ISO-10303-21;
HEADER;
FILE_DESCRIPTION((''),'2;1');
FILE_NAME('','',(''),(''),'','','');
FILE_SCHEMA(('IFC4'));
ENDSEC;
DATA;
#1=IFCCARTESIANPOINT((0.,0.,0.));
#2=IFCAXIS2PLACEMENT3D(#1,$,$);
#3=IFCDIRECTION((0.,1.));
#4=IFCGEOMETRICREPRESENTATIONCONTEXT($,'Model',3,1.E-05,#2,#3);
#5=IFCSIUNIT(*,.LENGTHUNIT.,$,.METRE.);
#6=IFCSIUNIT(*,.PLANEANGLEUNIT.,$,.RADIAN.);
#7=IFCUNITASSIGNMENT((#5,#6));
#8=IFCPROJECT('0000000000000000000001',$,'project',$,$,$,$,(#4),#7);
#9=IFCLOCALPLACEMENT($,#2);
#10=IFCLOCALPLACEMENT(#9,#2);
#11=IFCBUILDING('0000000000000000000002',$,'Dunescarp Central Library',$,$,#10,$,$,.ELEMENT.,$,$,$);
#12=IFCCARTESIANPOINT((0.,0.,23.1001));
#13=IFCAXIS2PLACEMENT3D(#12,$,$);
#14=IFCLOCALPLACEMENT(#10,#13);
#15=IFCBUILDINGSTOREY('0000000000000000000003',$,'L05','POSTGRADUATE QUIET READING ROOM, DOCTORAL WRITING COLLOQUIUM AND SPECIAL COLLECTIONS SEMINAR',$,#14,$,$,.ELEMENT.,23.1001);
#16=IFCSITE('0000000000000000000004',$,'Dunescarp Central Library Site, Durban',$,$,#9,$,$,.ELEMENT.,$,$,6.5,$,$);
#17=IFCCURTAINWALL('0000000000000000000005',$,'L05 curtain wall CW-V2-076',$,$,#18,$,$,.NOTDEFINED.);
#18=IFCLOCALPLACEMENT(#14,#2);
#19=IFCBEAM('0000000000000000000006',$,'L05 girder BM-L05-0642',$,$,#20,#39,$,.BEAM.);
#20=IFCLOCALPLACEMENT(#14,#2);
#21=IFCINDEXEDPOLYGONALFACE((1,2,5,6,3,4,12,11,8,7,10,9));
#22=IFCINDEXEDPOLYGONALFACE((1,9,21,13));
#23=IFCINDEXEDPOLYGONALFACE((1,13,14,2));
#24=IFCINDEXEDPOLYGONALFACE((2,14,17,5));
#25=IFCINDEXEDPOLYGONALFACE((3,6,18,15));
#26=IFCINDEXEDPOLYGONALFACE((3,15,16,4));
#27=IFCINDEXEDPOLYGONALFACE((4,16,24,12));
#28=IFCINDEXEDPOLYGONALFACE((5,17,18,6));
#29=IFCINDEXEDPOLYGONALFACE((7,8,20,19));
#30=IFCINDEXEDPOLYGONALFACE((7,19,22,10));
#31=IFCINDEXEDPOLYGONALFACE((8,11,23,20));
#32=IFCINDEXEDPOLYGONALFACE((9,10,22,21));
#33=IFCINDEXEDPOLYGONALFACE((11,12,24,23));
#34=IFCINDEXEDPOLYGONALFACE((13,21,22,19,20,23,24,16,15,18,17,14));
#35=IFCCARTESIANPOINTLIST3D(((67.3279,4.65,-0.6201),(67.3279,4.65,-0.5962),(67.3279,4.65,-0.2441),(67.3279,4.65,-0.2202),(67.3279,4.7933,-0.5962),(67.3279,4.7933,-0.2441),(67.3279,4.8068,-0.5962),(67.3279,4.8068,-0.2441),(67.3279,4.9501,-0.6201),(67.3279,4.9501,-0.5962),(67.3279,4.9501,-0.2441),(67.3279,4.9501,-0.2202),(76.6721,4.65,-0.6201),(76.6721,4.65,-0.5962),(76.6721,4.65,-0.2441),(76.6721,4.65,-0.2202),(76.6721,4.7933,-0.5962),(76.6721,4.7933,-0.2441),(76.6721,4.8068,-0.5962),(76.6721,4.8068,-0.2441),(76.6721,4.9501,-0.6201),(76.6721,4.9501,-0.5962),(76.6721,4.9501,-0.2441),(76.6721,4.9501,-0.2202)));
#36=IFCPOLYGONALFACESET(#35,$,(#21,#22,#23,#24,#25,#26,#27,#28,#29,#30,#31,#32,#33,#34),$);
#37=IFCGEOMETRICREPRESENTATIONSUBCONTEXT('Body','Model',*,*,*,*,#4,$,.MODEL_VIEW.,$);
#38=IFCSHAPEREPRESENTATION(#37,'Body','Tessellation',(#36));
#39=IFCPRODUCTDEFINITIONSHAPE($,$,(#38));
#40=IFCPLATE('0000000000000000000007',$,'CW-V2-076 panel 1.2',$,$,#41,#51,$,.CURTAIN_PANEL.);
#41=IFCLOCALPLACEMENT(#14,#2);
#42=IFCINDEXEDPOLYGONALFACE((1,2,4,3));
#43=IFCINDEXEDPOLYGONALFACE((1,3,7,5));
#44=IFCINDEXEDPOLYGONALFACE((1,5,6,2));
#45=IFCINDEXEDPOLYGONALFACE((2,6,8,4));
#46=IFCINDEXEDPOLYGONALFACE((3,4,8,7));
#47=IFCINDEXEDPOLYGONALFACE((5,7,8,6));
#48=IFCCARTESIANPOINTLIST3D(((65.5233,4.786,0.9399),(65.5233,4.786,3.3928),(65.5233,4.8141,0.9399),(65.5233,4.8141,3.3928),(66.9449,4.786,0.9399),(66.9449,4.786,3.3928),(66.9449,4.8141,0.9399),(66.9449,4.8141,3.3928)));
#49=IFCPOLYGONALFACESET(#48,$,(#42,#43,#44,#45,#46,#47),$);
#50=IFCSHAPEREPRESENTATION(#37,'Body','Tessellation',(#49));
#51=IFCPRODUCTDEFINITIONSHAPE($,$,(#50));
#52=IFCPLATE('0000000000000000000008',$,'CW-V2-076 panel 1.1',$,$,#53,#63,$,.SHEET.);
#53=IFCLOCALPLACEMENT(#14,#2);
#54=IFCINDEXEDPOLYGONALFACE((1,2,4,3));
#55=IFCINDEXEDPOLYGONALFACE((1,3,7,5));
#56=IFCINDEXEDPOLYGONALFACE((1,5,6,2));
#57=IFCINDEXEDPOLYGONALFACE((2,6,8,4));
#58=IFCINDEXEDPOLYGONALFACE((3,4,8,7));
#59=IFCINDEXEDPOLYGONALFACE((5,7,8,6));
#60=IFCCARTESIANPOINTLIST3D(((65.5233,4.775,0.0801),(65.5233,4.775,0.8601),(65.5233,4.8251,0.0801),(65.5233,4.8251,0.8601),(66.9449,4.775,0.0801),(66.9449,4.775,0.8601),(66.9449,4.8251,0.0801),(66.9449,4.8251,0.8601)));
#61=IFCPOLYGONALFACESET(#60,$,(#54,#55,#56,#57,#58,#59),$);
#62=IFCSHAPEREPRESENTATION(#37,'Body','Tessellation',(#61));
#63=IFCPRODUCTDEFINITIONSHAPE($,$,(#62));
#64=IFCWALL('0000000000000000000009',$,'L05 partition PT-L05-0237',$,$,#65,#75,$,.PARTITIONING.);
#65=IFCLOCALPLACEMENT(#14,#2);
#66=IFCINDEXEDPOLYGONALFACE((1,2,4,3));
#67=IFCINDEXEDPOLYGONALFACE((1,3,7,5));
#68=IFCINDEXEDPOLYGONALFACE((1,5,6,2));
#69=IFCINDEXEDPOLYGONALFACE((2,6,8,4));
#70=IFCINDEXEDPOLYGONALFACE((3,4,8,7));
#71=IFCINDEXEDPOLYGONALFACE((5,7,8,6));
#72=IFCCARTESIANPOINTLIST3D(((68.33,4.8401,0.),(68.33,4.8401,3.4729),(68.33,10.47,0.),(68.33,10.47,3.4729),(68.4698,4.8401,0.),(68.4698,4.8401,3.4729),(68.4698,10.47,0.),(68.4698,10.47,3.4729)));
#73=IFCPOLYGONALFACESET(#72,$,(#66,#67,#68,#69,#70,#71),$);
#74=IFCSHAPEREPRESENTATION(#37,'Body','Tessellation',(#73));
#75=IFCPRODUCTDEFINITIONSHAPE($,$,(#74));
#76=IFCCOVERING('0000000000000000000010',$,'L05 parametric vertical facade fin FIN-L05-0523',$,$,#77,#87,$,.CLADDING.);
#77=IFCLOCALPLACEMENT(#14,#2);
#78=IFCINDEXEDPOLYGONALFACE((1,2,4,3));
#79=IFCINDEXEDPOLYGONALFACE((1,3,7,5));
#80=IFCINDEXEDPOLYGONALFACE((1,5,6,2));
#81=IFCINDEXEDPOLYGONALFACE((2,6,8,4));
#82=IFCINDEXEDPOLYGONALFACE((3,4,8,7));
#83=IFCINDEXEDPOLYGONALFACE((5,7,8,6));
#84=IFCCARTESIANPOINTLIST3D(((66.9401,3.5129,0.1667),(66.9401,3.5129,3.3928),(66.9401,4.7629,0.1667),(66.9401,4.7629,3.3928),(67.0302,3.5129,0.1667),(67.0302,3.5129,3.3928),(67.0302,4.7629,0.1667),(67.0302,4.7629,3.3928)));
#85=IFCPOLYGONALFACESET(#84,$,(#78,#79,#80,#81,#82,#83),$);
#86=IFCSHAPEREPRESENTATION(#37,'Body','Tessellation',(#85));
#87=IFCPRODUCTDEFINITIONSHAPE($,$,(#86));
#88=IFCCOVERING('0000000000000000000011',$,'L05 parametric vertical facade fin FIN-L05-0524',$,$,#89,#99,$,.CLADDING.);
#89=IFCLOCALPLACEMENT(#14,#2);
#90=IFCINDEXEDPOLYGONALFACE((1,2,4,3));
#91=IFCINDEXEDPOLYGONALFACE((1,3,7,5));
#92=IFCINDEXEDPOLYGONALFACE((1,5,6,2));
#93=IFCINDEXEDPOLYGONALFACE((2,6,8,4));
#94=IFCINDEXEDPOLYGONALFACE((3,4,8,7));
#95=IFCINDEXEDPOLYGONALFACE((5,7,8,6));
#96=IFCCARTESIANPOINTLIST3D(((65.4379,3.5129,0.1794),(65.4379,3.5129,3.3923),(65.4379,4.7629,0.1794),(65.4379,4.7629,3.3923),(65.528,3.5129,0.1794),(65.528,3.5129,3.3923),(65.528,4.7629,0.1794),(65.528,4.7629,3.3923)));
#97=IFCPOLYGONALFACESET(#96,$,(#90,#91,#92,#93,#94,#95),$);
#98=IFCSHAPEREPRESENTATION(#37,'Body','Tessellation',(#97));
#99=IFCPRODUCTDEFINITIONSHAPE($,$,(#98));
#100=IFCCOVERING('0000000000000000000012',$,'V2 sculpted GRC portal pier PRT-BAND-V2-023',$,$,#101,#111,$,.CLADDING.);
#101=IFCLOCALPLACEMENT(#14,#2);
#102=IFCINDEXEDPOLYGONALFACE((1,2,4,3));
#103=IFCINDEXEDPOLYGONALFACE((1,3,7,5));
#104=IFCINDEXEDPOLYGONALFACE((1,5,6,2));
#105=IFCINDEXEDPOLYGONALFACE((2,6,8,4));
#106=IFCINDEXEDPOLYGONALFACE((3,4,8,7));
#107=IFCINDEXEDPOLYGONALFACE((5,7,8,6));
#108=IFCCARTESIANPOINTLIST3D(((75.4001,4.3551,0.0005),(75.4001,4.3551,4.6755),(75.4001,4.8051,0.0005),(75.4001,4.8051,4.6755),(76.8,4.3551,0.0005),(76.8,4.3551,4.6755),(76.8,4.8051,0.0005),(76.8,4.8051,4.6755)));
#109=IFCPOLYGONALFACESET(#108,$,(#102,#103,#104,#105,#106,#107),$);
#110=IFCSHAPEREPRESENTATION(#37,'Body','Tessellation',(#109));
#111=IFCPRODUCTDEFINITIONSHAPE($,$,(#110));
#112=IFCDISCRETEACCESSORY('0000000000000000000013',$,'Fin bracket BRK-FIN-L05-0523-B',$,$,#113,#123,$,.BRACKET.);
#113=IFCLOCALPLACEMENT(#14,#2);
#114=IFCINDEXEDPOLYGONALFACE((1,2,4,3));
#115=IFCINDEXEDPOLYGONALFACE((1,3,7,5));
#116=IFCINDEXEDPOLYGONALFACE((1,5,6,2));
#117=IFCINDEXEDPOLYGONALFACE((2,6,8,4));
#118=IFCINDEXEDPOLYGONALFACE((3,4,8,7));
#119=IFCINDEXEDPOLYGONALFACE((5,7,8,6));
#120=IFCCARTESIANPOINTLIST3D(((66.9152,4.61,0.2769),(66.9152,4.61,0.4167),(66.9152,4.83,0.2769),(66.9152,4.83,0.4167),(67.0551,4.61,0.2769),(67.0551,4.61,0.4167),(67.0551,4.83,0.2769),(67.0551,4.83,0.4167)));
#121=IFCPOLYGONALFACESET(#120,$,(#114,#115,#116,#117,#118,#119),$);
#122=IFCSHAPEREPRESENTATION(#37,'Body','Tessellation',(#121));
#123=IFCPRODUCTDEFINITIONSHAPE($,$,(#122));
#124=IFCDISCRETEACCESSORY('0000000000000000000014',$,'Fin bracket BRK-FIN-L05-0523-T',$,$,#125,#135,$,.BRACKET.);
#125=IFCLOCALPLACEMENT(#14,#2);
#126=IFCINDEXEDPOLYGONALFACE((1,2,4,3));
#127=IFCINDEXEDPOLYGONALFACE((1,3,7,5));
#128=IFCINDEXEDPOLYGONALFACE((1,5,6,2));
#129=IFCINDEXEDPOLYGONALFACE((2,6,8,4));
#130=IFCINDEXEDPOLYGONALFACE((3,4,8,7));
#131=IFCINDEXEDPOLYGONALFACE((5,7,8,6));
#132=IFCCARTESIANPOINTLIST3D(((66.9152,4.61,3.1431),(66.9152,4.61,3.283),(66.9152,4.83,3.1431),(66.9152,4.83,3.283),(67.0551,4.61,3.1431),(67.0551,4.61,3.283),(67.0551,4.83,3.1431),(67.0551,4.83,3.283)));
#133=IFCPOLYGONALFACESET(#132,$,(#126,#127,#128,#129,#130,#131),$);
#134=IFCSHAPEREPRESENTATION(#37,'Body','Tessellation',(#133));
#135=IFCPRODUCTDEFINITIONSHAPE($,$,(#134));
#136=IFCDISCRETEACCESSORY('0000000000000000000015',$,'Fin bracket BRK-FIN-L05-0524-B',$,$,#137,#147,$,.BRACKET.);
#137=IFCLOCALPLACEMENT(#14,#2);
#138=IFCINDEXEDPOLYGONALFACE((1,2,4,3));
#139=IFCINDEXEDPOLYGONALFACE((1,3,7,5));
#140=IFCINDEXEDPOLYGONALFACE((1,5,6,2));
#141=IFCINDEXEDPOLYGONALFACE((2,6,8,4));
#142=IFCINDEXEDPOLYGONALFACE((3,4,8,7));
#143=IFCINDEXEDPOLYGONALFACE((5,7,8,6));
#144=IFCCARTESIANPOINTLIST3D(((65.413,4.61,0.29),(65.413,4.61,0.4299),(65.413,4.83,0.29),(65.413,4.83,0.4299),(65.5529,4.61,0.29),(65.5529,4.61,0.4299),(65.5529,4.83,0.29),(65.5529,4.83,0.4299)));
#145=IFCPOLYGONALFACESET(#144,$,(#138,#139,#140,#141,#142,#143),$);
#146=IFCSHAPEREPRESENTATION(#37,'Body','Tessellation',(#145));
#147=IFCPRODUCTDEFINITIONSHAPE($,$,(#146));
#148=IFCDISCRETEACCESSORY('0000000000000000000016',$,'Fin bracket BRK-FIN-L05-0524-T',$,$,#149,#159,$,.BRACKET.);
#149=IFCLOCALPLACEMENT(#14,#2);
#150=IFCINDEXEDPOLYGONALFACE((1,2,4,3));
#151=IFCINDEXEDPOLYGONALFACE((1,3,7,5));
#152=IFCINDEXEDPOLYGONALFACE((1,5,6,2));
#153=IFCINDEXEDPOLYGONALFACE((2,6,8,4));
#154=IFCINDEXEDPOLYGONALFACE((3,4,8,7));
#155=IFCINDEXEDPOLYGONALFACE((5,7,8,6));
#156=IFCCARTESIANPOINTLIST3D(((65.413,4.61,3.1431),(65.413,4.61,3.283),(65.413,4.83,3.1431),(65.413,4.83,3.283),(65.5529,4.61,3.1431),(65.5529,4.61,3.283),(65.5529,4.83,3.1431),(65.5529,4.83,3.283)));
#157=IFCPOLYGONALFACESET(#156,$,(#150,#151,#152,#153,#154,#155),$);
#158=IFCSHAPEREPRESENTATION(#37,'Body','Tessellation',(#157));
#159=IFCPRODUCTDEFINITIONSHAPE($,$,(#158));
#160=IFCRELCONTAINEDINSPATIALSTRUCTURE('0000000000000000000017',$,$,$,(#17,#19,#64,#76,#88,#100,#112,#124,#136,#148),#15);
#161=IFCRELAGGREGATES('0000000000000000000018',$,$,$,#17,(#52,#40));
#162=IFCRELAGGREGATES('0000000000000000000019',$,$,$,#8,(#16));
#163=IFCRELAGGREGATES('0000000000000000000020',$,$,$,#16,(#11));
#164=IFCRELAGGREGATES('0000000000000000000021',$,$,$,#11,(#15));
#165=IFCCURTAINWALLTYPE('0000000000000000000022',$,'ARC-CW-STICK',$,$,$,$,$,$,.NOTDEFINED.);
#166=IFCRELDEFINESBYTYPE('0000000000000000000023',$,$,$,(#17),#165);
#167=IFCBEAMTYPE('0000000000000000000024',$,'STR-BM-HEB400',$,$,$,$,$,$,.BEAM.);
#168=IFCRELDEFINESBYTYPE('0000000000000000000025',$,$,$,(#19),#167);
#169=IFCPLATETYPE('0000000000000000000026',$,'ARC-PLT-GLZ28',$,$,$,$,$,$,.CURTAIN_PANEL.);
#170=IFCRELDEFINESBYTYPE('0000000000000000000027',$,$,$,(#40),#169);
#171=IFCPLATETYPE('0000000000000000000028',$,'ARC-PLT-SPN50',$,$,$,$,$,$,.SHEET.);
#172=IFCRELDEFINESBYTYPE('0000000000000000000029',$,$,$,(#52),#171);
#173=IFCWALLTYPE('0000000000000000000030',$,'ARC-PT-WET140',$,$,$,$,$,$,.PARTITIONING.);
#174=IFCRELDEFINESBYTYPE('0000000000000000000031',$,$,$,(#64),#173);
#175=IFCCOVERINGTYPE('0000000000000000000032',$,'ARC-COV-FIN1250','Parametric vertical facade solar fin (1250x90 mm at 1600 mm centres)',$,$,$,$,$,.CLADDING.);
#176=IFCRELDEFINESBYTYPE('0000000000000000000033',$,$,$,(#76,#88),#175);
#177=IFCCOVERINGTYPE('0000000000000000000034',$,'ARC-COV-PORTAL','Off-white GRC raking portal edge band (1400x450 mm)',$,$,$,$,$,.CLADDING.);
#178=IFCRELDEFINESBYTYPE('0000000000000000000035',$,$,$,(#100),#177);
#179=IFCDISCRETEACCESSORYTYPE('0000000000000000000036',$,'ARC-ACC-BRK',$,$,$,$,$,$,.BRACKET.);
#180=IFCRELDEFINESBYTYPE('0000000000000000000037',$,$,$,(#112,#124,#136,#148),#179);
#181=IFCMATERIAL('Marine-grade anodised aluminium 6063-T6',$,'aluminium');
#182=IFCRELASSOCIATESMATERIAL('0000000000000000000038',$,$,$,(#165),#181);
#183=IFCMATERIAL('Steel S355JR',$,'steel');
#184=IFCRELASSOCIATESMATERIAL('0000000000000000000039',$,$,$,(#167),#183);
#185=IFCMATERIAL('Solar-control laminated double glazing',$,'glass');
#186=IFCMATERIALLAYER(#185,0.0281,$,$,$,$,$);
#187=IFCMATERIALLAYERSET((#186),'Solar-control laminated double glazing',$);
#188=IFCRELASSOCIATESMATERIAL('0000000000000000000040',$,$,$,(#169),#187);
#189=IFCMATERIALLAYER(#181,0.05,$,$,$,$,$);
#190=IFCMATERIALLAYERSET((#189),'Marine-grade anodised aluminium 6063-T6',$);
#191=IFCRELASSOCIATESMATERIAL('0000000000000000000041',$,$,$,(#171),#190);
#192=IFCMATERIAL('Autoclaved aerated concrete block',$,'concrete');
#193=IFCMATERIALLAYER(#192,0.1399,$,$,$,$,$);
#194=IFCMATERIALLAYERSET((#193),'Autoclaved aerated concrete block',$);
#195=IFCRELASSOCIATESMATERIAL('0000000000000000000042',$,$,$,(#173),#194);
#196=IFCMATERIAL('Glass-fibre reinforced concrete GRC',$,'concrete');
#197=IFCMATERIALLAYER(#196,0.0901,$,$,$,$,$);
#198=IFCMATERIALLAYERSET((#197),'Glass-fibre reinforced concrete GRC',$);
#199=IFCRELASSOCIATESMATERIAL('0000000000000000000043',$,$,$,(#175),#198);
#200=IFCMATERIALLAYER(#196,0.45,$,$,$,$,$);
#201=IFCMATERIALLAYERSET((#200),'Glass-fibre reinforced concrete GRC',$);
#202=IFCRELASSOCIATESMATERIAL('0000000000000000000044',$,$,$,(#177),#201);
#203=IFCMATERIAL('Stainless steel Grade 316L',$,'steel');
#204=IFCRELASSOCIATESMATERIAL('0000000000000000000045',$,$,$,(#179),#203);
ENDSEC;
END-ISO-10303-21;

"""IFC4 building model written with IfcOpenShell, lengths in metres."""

from ifc_helpers import new_model, si_unit, direction, frame, frame_2d, origin, origin_2d, place, context, subcontext, project, spatial, rectangle, i_section, extrude, material, layer, layer_set, material_profile, profile_set, type_object, element, aggregate, save


model = new_model("IFC4")

# Units and contexts
model_context = context("Model", 3, precision=1e-05, world=origin(), true_north=direction((0.0, 1.0)))
body_context = subcontext(model_context, "Body", "Model", "MODEL_VIEW")
ifc_project = project(units=[si_unit("LENGTHUNIT", "METRE"), si_unit("PLANEANGLEUNIT", "RADIAN")], contexts=[model_context])

# Site, building, storey
site_placement = place(None, origin())
site = spatial("IfcSite", under=ifc_project, at=site_placement, Name="Dunescarp Central Library Site, Durban", CompositionType="ELEMENT", RefElevation=6.5)
building_placement = place(site_placement, origin())
building = spatial("IfcBuilding", under=site, at=building_placement, Name="Dunescarp Central Library", CompositionType="ELEMENT")
storey_placement = place(building_placement, frame((0.0, 0.0, 23.1001)))
storey = spatial("IfcBuildingStorey", under=building, at=storey_placement, Name="L05", Description="POSTGRADUATE QUIET READING ROOM, DOCTORAL WRITING COLLOQUIUM AND SPECIAL COLLECTIONS SEMINAR", CompositionType="ELEMENT", Elevation=23.1001)

# Shared definitions
ifc_material_1 = material(Name="Steel S355JR", Category="steel")

# Curtain wall
ifc_material_2 = material(Name="Marine-grade anodised aluminium 6063-T6", Category="aluminium")
curtain_wall_type = type_object("IfcCurtainWallType", Name="ARC-CW-STICK", PredefinedType="NOTDEFINED", material=ifc_material_2)
curtain_wall_placement = place(storey_placement, origin())
curtain_wall = element("IfcCurtainWall", 1, at=curtain_wall_placement, inside=storey, type_object=curtain_wall_type, Name="L05 curtain wall CW-V2-076", PredefinedType="NOTDEFINED")

# Beam
ifc_material_profile_1 = material_profile(ifc_material_1, i_section(OverallWidth=0.3, OverallDepth=0.3999, WebThickness=0.0134, FlangeThickness=0.0239, at=origin_2d()), Name="HEB 400")
ifc_profile_set_1 = profile_set([ifc_material_profile_1], Name="Steel S355JR")
beam_type_1 = type_object("IfcBeamType", Name="STR-BM-HEB400", PredefinedType="BEAM", material=ifc_profile_set_1)
beam_1_placement = place(storey_placement, frame((67.3279, 4.8, -0.4202), z_axis=(1.0, 0.0, 0.0), x_axis=(0.0, 1.0, 0.0)))
element("IfcBeam", 2, at=beam_1_placement, inside=storey, type_object=beam_type_1, Name="L05 girder BM-L05-0642", PredefinedType="BEAM", context=body_context, shape_type="SweptSolid", body=[
    extrude(i_section(OverallWidth=0.3, OverallDepth=0.3999, WebThickness=0.0134, FlangeThickness=0.0239, at=origin_2d()), origin(), (0.0, 0.0, 1.0), 9.3442),
])

# Plates
ifc_material_3 = material(Name="Solar-control laminated double glazing", Category="glass")
ifc_layer_1 = layer(ifc_material_3, 0.0281)
ifc_layer_set_1 = layer_set([ifc_layer_1], Name="Solar-control laminated double glazing")
plate_type_1 = type_object("IfcPlateType", Name="ARC-PLT-GLZ28", PredefinedType="CURTAIN_PANEL", material=ifc_layer_set_1)
plate_1_placement = place(storey_placement, frame((66.2341, 4.8, 0.9399), z_axis=(0.0, 0.0, 1.0), x_axis=(-1.0, 0.0, 0.0)))
plate_1 = element("IfcPlate", 3, at=plate_1_placement, type_object=plate_type_1, Name="CW-V2-076 panel 1.2", PredefinedType="CURTAIN_PANEL", context=body_context, shape_type="SweptSolid", body=[
    extrude(rectangle(XDim=1.4216, YDim=0.0281, at=origin_2d()), origin(), (0.0, 0.0, 1.0), 2.4529),
])
ifc_layer_2 = layer(ifc_material_2, 0.05)
ifc_layer_set_2 = layer_set([ifc_layer_2], Name="Marine-grade anodised aluminium 6063-T6")
plate_type_2 = type_object("IfcPlateType", Name="ARC-PLT-SPN50", PredefinedType="SHEET", material=ifc_layer_set_2)
plate_2_placement = place(storey_placement, frame((66.2341, 4.8, 0.0801), z_axis=(0.0, 0.0, 1.0), x_axis=(-1.0, 0.0, 0.0)))
plate_2 = element("IfcPlate", 4, at=plate_2_placement, type_object=plate_type_2, Name="CW-V2-076 panel 1.1", PredefinedType="SHEET", context=body_context, shape_type="SweptSolid", body=[
    extrude(rectangle(XDim=1.4216, YDim=0.05, at=origin_2d()), origin(), (0.0, 0.0, 1.0), 0.78),
])
aggregate(curtain_wall, [plate_2, plate_1])

# Wall
ifc_material_4 = material(Name="Autoclaved aerated concrete block", Category="concrete")
ifc_layer_3 = layer(ifc_material_4, 0.1399)
ifc_layer_set_3 = layer_set([ifc_layer_3], Name="Autoclaved aerated concrete block")
wall_type = type_object("IfcWallType", Name="ARC-PT-WET140", PredefinedType="PARTITIONING", material=ifc_layer_set_3)
wall_placement = place(storey_placement, frame((68.3999, 4.8401, 0.0), z_axis=(0.0, 0.0, 1.0), x_axis=(0.0, 1.0, 0.0)))
element("IfcWall", 5, at=wall_placement, inside=storey, type_object=wall_type, Name="L05 partition PT-L05-0237", PredefinedType="PARTITIONING", context=body_context, shape_type="SweptSolid", body=[
    extrude(rectangle(XDim=5.6299, YDim=0.1399, at=frame_2d((2.8149, 0.0))), origin(), (0.0, 0.0, 1.0), 3.4729),
])

# Coverings
ifc_material_5 = material(Name="Glass-fibre reinforced concrete GRC", Category="concrete")
ifc_layer_4 = layer(ifc_material_5, 0.0901)
ifc_layer_set_4 = layer_set([ifc_layer_4], Name="Glass-fibre reinforced concrete GRC")
covering_type_1 = type_object("IfcCoveringType", Name="ARC-COV-FIN1250", Description="Parametric vertical facade solar fin (1250x90 mm at 1600 mm centres)", PredefinedType="CLADDING", material=ifc_layer_set_4)
covering_1_placement = place(storey_placement, frame((66.9851, 4.1379, 0.1667), z_axis=(0.0, 0.0, 1.0), x_axis=(0.0, -1.0, 0.0)))
element("IfcCovering", 6, at=covering_1_placement, inside=storey, type_object=covering_type_1, Name="L05 parametric vertical facade fin FIN-L05-0523", PredefinedType="CLADDING", context=body_context, shape_type="SweptSolid", body=[
    extrude(rectangle(XDim=1.25, YDim=0.0901, at=origin_2d()), origin(), (0.0, 0.0, 1.0), 3.2261),
])
covering_2_placement = place(storey_placement, frame((65.4829, 4.1379, 0.1794), z_axis=(0.0, 0.0, 1.0), x_axis=(0.0, -1.0, 0.0)))
element("IfcCovering", 7, at=covering_2_placement, inside=storey, type_object=covering_type_1, Name="L05 parametric vertical facade fin FIN-L05-0524", PredefinedType="CLADDING", context=body_context, shape_type="SweptSolid", body=[
    extrude(rectangle(XDim=1.25, YDim=0.0901, at=origin_2d()), origin(), (0.0, 0.0, 1.0), 3.2129),
])
ifc_layer_5 = layer(ifc_material_5, 0.45)
ifc_layer_set_5 = layer_set([ifc_layer_5], Name="Glass-fibre reinforced concrete GRC")
covering_type_2 = type_object("IfcCoveringType", Name="ARC-COV-PORTAL", Description="Off-white GRC raking portal edge band (1400x450 mm)", PredefinedType="CLADDING", material=ifc_layer_set_5)
covering_3_placement = place(storey_placement, frame((76.1001, 4.5801, 0.0005), z_axis=(0.0, 0.0, 1.0), x_axis=(1.0, 0.0, 0.0)))
element("IfcCovering", 8, at=covering_3_placement, inside=storey, type_object=covering_type_2, Name="V2 sculpted GRC portal pier PRT-BAND-V2-023", PredefinedType="CLADDING", context=body_context, shape_type="SweptSolid", body=[
    extrude(rectangle(XDim=1.3999, YDim=0.45, at=origin_2d()), origin(), (0.0, 0.0, 1.0), 4.675),
])

# Discrete accessories
ifc_material_6 = material(Name="Stainless steel Grade 316L", Category="steel")
discrete_accessory_type = type_object("IfcDiscreteAccessoryType", Name="ARC-ACC-BRK", PredefinedType="BRACKET", material=ifc_material_6)
for number, where, z_axis, x_axis, name in (
    (9, (66.9851, 4.72, 0.2769), (0.0, 0.0, 1.0), (0.0, -1.0, 0.0), "Fin bracket BRK-FIN-L05-0523-B"),
    (10, (66.9851, 4.72, 3.1431), (0.0, 0.0, 1.0), (0.0, -1.0, 0.0), "Fin bracket BRK-FIN-L05-0523-T"),
    (11, (65.4829, 4.72, 0.29), (0.0, 0.0, 1.0), (0.0, -1.0, 0.0), "Fin bracket BRK-FIN-L05-0524-B"),
    (12, (65.4829, 4.72, 3.1431), (0.0, 0.0, 1.0), (0.0, -1.0, 0.0), "Fin bracket BRK-FIN-L05-0524-T"),
):
    element("IfcDiscreteAccessory", number, at=place(storey_placement, frame(where, z_axis=z_axis, x_axis=x_axis)), inside=storey, type_object=discrete_accessory_type, Name=name, PredefinedType="BRACKET", context=body_context, shape_type="SweptSolid", body=[
        extrude(rectangle(XDim=0.22, YDim=0.1399, at=origin_2d()), origin(), (0.0, 0.0, 1.0), 0.1399),
    ])

save(model, "model.ifc")
